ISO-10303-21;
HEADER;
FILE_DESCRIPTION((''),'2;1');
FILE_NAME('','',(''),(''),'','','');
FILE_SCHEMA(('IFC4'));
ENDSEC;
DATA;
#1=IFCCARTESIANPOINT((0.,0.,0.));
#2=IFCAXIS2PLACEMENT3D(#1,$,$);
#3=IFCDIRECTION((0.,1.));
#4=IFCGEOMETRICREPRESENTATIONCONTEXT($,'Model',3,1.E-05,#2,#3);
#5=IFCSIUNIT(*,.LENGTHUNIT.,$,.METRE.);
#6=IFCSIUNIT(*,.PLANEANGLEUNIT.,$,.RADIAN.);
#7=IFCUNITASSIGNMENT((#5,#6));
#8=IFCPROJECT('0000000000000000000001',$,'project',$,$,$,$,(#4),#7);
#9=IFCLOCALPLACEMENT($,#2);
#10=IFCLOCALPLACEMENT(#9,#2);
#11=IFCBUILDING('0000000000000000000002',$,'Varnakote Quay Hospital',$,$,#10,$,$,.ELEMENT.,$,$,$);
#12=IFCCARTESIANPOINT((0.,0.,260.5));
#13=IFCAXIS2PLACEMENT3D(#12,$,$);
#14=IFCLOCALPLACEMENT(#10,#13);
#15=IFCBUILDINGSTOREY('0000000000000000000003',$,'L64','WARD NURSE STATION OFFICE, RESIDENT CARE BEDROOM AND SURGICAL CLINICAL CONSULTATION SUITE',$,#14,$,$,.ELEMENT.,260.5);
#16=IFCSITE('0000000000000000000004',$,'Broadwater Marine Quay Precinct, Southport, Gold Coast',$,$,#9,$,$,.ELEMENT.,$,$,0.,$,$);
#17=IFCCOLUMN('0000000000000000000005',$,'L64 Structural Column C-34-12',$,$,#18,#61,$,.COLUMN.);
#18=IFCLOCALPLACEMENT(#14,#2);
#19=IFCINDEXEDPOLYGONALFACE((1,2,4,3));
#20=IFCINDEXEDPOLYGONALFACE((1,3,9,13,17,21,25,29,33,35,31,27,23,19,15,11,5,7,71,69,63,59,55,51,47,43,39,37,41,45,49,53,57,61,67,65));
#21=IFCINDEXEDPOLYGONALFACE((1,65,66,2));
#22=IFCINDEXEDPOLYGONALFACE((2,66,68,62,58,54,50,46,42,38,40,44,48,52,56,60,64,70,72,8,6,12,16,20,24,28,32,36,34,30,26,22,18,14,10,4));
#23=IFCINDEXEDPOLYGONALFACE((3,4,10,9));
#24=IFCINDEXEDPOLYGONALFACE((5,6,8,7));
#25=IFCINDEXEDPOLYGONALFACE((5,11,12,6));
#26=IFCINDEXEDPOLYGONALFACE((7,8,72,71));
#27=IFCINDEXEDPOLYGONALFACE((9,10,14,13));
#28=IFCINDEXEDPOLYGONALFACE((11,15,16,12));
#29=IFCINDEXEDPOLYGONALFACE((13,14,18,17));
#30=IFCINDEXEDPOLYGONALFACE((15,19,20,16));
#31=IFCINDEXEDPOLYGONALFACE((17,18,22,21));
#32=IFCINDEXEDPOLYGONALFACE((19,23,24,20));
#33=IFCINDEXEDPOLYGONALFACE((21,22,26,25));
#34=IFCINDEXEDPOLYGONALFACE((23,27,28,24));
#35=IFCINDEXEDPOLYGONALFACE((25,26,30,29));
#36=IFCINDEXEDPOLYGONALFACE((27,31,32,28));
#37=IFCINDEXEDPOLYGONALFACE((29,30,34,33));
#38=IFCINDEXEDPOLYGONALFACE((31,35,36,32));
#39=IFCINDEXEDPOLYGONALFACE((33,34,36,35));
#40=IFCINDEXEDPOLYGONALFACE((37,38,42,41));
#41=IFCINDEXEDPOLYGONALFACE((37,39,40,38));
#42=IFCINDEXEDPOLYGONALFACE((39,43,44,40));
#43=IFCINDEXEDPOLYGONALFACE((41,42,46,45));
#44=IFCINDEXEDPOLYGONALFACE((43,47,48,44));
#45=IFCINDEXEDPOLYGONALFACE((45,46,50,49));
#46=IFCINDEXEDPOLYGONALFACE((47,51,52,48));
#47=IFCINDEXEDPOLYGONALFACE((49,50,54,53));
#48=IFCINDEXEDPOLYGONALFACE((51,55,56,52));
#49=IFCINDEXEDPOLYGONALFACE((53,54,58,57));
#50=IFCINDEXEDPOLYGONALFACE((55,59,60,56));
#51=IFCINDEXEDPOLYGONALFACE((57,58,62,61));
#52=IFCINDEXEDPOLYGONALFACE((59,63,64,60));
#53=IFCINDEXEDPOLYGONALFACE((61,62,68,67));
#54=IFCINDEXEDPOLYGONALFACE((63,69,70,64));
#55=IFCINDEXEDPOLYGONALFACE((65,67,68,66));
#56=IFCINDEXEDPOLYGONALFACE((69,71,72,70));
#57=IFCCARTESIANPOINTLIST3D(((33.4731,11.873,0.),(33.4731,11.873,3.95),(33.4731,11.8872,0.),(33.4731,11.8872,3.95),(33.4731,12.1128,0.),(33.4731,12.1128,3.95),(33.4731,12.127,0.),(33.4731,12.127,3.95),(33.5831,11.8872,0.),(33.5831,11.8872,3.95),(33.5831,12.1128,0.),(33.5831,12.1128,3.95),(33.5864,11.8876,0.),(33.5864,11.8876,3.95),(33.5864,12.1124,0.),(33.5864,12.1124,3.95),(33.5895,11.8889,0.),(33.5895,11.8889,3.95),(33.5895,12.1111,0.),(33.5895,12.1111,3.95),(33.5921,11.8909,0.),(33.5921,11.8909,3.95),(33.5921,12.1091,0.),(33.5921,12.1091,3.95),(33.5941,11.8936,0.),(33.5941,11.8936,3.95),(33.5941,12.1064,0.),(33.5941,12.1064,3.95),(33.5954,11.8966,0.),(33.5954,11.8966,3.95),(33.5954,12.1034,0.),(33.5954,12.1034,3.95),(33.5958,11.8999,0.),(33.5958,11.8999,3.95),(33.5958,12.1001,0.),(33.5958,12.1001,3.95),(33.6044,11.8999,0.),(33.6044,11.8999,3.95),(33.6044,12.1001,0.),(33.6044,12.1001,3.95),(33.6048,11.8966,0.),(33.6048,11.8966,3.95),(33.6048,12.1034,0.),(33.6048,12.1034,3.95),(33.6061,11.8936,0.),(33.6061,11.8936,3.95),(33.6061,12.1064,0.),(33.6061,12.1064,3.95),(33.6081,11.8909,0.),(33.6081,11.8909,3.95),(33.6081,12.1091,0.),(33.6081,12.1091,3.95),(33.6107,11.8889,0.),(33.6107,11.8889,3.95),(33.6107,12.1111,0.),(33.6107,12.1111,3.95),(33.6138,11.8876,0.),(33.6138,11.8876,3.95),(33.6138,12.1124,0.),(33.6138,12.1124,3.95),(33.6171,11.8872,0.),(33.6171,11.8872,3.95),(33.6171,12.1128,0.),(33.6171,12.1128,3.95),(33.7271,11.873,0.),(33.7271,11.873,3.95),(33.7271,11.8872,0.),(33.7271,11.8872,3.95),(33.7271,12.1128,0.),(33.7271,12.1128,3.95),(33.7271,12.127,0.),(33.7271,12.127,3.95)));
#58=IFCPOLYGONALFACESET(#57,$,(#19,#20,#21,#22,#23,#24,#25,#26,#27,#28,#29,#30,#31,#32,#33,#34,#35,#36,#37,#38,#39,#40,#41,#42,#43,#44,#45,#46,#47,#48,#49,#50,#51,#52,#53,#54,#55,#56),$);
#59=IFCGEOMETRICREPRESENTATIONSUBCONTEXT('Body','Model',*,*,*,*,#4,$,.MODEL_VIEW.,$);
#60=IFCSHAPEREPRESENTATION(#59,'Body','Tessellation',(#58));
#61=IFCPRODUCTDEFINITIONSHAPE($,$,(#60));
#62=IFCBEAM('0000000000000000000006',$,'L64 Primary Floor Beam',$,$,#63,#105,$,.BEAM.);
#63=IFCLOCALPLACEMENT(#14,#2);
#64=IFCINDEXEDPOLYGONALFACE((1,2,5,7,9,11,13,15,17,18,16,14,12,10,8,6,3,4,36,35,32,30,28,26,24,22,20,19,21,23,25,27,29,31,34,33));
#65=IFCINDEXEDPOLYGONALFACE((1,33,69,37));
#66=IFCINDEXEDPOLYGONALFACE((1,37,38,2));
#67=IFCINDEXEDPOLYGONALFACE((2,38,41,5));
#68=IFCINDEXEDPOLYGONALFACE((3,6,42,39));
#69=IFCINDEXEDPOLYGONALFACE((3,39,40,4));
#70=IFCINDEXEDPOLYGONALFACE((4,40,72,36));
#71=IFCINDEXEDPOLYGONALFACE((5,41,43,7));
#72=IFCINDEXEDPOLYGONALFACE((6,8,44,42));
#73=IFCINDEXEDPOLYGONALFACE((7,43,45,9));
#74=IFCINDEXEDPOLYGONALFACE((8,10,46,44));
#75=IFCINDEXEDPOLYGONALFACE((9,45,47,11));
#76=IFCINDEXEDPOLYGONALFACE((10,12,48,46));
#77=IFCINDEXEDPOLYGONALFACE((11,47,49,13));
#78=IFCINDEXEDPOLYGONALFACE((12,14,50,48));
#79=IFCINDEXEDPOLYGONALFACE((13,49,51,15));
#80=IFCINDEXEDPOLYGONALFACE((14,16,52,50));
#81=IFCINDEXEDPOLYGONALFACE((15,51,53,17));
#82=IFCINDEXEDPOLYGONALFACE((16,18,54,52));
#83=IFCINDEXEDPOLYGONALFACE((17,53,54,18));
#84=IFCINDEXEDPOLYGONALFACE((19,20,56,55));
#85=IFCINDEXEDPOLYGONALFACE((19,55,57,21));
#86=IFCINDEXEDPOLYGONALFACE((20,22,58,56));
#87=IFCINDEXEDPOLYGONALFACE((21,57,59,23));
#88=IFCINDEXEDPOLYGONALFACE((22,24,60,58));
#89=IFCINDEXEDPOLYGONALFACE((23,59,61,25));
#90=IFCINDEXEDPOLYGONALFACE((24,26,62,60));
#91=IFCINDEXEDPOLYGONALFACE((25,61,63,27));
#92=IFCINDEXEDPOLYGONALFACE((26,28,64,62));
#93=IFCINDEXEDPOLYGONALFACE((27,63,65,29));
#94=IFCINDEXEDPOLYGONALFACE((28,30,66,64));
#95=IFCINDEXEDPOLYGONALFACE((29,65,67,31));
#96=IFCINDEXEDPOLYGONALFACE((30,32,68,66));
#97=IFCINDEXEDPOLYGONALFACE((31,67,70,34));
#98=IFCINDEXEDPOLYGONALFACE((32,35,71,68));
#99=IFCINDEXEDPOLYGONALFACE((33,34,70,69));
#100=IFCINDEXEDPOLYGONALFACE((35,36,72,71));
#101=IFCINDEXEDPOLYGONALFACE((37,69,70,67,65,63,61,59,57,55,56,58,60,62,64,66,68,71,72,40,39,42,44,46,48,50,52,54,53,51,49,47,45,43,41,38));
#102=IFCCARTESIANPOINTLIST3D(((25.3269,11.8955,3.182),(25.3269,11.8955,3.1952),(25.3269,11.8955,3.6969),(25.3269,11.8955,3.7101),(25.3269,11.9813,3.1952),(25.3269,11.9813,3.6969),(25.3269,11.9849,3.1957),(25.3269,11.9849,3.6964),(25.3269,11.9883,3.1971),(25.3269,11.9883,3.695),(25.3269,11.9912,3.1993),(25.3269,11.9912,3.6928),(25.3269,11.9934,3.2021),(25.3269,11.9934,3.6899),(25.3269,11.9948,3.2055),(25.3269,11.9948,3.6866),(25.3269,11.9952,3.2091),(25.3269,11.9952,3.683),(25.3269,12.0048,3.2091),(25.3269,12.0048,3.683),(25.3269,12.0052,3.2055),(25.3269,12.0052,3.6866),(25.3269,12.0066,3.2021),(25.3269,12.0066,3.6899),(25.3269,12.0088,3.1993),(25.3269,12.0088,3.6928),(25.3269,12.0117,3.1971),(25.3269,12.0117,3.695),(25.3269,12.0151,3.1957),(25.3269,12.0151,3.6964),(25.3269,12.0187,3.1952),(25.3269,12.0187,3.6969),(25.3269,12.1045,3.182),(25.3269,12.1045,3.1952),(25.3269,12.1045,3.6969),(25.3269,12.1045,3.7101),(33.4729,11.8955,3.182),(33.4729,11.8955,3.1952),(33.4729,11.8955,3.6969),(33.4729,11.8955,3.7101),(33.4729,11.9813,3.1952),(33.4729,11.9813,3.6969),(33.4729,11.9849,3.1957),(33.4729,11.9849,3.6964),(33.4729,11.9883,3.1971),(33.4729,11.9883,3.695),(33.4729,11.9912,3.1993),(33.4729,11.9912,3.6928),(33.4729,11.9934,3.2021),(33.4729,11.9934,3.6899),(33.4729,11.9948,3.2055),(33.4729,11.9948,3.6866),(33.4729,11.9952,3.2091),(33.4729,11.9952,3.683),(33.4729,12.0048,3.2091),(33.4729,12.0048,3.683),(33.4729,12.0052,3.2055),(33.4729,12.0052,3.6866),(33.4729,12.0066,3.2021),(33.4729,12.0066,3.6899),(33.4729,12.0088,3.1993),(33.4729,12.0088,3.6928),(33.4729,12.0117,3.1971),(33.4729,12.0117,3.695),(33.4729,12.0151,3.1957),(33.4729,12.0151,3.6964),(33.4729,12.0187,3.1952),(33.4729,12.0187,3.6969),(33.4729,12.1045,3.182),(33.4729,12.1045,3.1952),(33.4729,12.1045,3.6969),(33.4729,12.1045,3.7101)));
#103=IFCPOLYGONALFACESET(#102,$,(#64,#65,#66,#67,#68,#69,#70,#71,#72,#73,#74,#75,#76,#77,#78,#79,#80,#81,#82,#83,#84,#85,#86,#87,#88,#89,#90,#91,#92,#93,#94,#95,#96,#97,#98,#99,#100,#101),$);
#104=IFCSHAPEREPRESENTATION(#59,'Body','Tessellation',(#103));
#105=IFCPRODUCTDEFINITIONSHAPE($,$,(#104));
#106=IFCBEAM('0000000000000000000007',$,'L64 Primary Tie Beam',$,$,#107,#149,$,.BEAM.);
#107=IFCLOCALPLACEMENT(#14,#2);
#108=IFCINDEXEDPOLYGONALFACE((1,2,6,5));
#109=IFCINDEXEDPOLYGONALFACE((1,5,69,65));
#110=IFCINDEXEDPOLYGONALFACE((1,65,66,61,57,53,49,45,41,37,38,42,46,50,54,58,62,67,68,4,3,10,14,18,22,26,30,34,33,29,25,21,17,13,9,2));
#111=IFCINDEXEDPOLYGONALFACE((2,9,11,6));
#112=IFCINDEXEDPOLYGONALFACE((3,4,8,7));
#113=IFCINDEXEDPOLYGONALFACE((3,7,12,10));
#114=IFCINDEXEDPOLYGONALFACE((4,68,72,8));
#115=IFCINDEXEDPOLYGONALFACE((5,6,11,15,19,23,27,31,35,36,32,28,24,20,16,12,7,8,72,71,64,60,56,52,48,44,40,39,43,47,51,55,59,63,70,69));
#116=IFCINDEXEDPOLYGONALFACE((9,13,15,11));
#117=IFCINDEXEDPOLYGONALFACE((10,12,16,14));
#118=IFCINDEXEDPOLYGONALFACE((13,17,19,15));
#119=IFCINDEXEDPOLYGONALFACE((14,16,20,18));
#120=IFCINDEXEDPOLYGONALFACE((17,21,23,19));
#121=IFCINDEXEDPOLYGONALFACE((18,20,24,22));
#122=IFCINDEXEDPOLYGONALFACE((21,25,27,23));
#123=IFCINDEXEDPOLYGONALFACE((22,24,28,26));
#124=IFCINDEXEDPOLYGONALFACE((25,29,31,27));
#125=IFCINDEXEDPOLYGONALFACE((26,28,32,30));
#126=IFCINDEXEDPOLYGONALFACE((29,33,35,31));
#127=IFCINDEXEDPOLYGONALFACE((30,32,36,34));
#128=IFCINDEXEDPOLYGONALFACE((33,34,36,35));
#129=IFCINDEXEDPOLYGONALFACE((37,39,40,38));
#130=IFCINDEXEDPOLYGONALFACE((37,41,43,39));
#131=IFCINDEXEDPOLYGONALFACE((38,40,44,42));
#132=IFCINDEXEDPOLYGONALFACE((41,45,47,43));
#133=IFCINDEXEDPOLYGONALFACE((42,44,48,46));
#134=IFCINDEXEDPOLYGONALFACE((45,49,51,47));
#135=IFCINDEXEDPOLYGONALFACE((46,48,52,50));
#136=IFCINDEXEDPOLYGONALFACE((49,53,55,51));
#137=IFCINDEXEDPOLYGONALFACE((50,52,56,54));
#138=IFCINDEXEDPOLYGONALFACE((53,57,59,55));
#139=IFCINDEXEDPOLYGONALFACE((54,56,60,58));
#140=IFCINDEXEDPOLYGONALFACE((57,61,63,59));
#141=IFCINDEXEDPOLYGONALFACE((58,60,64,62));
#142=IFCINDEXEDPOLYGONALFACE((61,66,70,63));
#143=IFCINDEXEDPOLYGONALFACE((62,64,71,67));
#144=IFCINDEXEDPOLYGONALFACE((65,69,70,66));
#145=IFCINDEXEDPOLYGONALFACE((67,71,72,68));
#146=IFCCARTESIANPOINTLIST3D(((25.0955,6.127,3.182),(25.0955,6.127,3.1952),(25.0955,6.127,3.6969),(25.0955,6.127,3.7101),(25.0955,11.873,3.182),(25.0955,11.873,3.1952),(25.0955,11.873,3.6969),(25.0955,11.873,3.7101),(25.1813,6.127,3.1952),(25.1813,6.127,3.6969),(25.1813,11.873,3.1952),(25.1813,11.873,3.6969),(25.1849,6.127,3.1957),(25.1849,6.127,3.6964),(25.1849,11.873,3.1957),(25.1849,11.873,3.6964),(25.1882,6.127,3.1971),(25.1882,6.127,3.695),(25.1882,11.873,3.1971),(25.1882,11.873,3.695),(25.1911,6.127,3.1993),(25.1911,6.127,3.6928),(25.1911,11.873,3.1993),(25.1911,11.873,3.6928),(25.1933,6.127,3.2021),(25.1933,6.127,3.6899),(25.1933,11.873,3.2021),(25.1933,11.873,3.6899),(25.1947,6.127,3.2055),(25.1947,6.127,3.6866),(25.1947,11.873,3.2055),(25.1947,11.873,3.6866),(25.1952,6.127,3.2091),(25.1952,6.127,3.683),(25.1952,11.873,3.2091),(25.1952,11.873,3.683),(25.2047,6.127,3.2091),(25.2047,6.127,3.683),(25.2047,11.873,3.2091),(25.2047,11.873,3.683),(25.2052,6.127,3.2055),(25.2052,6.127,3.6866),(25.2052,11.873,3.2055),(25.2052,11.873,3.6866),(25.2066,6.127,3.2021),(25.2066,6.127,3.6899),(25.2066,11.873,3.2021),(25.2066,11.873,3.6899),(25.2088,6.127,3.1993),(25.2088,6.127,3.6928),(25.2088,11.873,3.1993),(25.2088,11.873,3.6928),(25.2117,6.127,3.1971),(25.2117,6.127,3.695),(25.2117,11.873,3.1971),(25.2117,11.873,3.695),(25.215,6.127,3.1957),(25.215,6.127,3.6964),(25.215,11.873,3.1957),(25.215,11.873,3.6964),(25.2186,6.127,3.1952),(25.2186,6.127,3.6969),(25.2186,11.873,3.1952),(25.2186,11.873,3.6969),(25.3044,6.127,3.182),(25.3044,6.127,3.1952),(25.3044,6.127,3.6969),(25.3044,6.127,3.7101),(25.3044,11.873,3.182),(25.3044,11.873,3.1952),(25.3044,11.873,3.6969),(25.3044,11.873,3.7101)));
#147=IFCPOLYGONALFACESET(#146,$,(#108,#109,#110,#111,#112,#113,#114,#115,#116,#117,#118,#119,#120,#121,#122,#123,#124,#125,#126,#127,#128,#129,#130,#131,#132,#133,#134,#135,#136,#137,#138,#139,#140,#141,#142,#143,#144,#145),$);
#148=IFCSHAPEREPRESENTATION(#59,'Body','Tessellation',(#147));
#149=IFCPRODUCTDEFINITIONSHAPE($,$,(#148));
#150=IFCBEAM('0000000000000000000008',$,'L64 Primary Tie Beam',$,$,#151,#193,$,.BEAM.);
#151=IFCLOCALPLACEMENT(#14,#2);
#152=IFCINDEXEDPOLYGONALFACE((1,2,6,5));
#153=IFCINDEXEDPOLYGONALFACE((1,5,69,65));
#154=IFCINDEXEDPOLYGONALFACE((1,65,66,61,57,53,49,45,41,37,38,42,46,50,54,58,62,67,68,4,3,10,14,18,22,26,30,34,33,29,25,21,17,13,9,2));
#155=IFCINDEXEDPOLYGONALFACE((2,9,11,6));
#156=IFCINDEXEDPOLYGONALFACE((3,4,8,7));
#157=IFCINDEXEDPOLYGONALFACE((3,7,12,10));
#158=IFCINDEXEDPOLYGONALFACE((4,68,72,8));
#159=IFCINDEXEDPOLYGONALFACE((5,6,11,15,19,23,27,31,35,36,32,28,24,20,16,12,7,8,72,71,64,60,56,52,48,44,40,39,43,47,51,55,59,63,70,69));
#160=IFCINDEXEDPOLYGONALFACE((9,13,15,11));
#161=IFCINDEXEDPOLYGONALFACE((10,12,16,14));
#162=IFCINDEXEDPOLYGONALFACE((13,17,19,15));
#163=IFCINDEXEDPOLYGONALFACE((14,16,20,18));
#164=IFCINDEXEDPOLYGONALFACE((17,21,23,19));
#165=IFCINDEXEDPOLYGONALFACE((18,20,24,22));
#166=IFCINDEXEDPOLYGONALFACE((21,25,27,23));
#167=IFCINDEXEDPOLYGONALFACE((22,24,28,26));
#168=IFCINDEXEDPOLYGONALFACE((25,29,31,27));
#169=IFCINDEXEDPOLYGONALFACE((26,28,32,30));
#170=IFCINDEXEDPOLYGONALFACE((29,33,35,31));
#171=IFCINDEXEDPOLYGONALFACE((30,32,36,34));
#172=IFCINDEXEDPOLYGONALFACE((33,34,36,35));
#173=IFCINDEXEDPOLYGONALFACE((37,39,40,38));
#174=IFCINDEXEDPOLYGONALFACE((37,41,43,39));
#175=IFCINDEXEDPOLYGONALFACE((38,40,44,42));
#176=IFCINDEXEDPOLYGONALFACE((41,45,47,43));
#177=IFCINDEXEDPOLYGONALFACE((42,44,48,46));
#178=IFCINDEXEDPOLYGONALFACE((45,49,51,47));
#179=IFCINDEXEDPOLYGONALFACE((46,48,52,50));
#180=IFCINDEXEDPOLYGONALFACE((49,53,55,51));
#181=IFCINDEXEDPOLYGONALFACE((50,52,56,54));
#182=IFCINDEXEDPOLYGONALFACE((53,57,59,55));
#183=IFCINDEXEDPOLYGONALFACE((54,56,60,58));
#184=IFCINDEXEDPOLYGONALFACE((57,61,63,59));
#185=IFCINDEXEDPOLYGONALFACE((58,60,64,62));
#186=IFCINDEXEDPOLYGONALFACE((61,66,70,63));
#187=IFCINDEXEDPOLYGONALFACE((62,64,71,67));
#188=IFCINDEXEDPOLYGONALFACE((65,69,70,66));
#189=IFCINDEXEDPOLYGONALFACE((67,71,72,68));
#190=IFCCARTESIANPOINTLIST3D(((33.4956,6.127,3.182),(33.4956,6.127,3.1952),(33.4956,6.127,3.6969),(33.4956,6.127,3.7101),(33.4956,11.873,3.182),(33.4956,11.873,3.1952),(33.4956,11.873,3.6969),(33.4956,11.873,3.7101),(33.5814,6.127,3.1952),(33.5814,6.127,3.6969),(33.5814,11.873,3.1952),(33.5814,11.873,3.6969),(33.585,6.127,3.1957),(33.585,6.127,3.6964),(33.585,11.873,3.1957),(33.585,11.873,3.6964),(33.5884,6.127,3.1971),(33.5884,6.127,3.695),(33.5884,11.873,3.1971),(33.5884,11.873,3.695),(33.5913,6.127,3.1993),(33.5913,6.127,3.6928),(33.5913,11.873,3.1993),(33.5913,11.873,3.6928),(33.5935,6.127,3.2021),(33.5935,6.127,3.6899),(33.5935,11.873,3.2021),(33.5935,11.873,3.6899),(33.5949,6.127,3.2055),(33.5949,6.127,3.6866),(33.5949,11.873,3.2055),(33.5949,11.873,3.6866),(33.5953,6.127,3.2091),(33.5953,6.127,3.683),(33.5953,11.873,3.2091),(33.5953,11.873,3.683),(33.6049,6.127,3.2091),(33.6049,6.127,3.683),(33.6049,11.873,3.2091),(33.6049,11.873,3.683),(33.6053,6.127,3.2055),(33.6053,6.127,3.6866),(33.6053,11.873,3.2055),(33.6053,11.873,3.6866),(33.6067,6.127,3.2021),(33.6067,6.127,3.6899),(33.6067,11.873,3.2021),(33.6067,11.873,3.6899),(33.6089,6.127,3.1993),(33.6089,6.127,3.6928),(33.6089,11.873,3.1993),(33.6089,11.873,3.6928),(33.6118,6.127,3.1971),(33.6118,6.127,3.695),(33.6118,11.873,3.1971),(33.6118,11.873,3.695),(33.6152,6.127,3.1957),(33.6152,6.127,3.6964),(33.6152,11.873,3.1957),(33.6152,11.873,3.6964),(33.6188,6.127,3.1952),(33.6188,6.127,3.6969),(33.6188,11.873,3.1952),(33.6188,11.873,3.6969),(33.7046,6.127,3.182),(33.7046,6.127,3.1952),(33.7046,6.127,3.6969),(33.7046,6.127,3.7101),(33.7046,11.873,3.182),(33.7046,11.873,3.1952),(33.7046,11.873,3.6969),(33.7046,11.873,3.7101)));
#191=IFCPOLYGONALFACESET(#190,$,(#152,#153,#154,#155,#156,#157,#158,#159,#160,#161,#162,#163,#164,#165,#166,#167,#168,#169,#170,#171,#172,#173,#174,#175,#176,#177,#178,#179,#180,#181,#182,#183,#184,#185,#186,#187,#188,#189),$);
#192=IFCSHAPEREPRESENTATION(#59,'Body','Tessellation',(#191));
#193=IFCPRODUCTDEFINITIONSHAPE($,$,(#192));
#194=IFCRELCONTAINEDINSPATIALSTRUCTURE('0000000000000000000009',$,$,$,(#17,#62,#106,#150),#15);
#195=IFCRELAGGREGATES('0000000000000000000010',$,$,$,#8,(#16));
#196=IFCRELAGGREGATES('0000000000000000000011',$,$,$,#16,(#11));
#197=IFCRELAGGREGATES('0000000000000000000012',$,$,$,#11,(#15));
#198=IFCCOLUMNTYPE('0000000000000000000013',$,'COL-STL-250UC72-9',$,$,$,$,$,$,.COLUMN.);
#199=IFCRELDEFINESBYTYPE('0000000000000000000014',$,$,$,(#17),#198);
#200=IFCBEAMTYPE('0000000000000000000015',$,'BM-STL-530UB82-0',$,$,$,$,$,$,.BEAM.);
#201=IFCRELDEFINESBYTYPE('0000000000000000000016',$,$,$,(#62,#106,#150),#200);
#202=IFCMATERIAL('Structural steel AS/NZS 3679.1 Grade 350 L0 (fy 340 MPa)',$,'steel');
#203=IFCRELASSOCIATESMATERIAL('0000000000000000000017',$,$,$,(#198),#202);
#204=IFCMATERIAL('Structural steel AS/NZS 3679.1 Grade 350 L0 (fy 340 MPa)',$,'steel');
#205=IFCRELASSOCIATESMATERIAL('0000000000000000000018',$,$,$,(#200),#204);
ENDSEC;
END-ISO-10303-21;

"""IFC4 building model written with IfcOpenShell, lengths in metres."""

from ifc_helpers import new_model, si_unit, direction, frame, origin, origin_2d, place, context, subcontext, project, spatial, i_section, extrude, material, material_profile, profile_set, type_object, element, save


model = new_model("IFC4")

# Units and contexts
model_context = context("Model", 3, precision=1e-05, world=origin(), true_north=direction((0.0, 1.0)))
body_context = subcontext(model_context, "Body", "Model", "MODEL_VIEW")
ifc_project = project(units=[si_unit("LENGTHUNIT", "METRE"), si_unit("PLANEANGLEUNIT", "RADIAN")], contexts=[model_context])

# Site, building, storey
site_placement = place(None, origin())
site = spatial("IfcSite", under=ifc_project, at=site_placement, Name="Broadwater Marine Quay Precinct, Southport, Gold Coast", CompositionType="ELEMENT", RefElevation=0.0)
building_placement = place(site_placement, origin())
building = spatial("IfcBuilding", under=site, at=building_placement, Name="Varnakote Quay Hospital", CompositionType="ELEMENT")
storey_placement = place(building_placement, frame((0.0, 0.0, 260.5)))
storey = spatial("IfcBuildingStorey", under=building, at=storey_placement, Name="L64", Description="WARD NURSE STATION OFFICE, RESIDENT CARE BEDROOM AND SURGICAL CLINICAL CONSULTATION SUITE", CompositionType="ELEMENT", Elevation=260.5)

# Column
ifc_material_1 = material(Name="Structural steel AS/NZS 3679.1 Grade 350 L0 (fy 340 MPa)", Category="steel")
ifc_material_profile_1 = material_profile(ifc_material_1, i_section(OverallWidth=0.2539, OverallDepth=0.2539, WebThickness=0.0085, FlangeThickness=0.0142, FilletRadius=0.0127, at=origin_2d()), Name="250UC72.9")
ifc_profile_set_1 = profile_set([ifc_material_profile_1], Name="Structural steel AS/NZS 3679.1 Grade 350 L0 (fy 340 MPa)")
column_type_1 = type_object("IfcColumnType", Name="COL-STL-250UC72-9", PredefinedType="COLUMN", material=ifc_profile_set_1)
for number, where, z_axis, x_axis, name in (
    (1, (33.6001, 12.0, 0.0), (0.0, 0.0, 1.0), (1.0, 0.0, 0.0), "L64 Structural Column C-34-12"),
):
    element("IfcColumn", number, at=place(storey_placement, frame(where, z_axis=z_axis, x_axis=x_axis)), inside=storey, type_object=column_type_1, Name=name, PredefinedType="COLUMN", context=body_context, shape_type="SweptSolid", body=[
        extrude(i_section(OverallWidth=0.2539, OverallDepth=0.2539, WebThickness=0.0085, FlangeThickness=0.0142, FilletRadius=0.0127, at=origin_2d()), origin(), (0.0, 0.0, 1.0), 3.95),
    ])

# Beams
ifc_material_2 = material(Name="Structural steel AS/NZS 3679.1 Grade 350 L0 (fy 340 MPa)", Category="steel")
ifc_material_profile_2 = material_profile(ifc_material_2, i_section(OverallWidth=0.209, OverallDepth=0.5281, WebThickness=0.0095, FlangeThickness=0.0132, FilletRadius=0.0139, at=origin_2d()), Name="530UB82.0")
ifc_profile_set_2 = profile_set([ifc_material_profile_2], Name="Structural steel AS/NZS 3679.1 Grade 350 L0 (fy 340 MPa)")
beam_type_1 = type_object("IfcBeamType", Name="BM-STL-530UB82-0", PredefinedType="BEAM", material=ifc_profile_set_2)
beam_1_placement = place(storey_placement, frame((25.3269, 12.0, 3.446), z_axis=(1.0, 0.0, 0.0), x_axis=(0.0, 1.0, 0.0)))
element("IfcBeam", 2, at=beam_1_placement, inside=storey, type_object=beam_type_1, Name="L64 Primary Floor Beam", PredefinedType="BEAM", context=body_context, shape_type="SweptSolid", body=[
    extrude(i_section(OverallWidth=0.209, OverallDepth=0.5281, WebThickness=0.0095, FlangeThickness=0.0132, FilletRadius=0.0139, at=origin_2d()), origin(), (0.0, 0.0, 1.0), 8.146),
])
for number, where, z_axis, x_axis, name in (
    (3, (25.2, 6.127, 3.446), (0.0, 1.0, 0.0), (-1.0, 0.0, 0.0), "L64 Primary Tie Beam"),
    (4, (33.6001, 6.127, 3.446), (0.0, 1.0, 0.0), (-1.0, 0.0, 0.0), "L64 Primary Tie Beam"),
):
    element("IfcBeam", number, at=place(storey_placement, frame(where, z_axis=z_axis, x_axis=x_axis)), inside=storey, type_object=beam_type_1, Name=name, PredefinedType="BEAM", context=body_context, shape_type="SweptSolid", body=[
        extrude(i_section(OverallWidth=0.209, OverallDepth=0.5281, WebThickness=0.0095, FlangeThickness=0.0132, FilletRadius=0.0139, at=origin_2d()), origin(), (0.0, 0.0, 1.0), 5.7461),
    ])

save(model, "model.ifc")
